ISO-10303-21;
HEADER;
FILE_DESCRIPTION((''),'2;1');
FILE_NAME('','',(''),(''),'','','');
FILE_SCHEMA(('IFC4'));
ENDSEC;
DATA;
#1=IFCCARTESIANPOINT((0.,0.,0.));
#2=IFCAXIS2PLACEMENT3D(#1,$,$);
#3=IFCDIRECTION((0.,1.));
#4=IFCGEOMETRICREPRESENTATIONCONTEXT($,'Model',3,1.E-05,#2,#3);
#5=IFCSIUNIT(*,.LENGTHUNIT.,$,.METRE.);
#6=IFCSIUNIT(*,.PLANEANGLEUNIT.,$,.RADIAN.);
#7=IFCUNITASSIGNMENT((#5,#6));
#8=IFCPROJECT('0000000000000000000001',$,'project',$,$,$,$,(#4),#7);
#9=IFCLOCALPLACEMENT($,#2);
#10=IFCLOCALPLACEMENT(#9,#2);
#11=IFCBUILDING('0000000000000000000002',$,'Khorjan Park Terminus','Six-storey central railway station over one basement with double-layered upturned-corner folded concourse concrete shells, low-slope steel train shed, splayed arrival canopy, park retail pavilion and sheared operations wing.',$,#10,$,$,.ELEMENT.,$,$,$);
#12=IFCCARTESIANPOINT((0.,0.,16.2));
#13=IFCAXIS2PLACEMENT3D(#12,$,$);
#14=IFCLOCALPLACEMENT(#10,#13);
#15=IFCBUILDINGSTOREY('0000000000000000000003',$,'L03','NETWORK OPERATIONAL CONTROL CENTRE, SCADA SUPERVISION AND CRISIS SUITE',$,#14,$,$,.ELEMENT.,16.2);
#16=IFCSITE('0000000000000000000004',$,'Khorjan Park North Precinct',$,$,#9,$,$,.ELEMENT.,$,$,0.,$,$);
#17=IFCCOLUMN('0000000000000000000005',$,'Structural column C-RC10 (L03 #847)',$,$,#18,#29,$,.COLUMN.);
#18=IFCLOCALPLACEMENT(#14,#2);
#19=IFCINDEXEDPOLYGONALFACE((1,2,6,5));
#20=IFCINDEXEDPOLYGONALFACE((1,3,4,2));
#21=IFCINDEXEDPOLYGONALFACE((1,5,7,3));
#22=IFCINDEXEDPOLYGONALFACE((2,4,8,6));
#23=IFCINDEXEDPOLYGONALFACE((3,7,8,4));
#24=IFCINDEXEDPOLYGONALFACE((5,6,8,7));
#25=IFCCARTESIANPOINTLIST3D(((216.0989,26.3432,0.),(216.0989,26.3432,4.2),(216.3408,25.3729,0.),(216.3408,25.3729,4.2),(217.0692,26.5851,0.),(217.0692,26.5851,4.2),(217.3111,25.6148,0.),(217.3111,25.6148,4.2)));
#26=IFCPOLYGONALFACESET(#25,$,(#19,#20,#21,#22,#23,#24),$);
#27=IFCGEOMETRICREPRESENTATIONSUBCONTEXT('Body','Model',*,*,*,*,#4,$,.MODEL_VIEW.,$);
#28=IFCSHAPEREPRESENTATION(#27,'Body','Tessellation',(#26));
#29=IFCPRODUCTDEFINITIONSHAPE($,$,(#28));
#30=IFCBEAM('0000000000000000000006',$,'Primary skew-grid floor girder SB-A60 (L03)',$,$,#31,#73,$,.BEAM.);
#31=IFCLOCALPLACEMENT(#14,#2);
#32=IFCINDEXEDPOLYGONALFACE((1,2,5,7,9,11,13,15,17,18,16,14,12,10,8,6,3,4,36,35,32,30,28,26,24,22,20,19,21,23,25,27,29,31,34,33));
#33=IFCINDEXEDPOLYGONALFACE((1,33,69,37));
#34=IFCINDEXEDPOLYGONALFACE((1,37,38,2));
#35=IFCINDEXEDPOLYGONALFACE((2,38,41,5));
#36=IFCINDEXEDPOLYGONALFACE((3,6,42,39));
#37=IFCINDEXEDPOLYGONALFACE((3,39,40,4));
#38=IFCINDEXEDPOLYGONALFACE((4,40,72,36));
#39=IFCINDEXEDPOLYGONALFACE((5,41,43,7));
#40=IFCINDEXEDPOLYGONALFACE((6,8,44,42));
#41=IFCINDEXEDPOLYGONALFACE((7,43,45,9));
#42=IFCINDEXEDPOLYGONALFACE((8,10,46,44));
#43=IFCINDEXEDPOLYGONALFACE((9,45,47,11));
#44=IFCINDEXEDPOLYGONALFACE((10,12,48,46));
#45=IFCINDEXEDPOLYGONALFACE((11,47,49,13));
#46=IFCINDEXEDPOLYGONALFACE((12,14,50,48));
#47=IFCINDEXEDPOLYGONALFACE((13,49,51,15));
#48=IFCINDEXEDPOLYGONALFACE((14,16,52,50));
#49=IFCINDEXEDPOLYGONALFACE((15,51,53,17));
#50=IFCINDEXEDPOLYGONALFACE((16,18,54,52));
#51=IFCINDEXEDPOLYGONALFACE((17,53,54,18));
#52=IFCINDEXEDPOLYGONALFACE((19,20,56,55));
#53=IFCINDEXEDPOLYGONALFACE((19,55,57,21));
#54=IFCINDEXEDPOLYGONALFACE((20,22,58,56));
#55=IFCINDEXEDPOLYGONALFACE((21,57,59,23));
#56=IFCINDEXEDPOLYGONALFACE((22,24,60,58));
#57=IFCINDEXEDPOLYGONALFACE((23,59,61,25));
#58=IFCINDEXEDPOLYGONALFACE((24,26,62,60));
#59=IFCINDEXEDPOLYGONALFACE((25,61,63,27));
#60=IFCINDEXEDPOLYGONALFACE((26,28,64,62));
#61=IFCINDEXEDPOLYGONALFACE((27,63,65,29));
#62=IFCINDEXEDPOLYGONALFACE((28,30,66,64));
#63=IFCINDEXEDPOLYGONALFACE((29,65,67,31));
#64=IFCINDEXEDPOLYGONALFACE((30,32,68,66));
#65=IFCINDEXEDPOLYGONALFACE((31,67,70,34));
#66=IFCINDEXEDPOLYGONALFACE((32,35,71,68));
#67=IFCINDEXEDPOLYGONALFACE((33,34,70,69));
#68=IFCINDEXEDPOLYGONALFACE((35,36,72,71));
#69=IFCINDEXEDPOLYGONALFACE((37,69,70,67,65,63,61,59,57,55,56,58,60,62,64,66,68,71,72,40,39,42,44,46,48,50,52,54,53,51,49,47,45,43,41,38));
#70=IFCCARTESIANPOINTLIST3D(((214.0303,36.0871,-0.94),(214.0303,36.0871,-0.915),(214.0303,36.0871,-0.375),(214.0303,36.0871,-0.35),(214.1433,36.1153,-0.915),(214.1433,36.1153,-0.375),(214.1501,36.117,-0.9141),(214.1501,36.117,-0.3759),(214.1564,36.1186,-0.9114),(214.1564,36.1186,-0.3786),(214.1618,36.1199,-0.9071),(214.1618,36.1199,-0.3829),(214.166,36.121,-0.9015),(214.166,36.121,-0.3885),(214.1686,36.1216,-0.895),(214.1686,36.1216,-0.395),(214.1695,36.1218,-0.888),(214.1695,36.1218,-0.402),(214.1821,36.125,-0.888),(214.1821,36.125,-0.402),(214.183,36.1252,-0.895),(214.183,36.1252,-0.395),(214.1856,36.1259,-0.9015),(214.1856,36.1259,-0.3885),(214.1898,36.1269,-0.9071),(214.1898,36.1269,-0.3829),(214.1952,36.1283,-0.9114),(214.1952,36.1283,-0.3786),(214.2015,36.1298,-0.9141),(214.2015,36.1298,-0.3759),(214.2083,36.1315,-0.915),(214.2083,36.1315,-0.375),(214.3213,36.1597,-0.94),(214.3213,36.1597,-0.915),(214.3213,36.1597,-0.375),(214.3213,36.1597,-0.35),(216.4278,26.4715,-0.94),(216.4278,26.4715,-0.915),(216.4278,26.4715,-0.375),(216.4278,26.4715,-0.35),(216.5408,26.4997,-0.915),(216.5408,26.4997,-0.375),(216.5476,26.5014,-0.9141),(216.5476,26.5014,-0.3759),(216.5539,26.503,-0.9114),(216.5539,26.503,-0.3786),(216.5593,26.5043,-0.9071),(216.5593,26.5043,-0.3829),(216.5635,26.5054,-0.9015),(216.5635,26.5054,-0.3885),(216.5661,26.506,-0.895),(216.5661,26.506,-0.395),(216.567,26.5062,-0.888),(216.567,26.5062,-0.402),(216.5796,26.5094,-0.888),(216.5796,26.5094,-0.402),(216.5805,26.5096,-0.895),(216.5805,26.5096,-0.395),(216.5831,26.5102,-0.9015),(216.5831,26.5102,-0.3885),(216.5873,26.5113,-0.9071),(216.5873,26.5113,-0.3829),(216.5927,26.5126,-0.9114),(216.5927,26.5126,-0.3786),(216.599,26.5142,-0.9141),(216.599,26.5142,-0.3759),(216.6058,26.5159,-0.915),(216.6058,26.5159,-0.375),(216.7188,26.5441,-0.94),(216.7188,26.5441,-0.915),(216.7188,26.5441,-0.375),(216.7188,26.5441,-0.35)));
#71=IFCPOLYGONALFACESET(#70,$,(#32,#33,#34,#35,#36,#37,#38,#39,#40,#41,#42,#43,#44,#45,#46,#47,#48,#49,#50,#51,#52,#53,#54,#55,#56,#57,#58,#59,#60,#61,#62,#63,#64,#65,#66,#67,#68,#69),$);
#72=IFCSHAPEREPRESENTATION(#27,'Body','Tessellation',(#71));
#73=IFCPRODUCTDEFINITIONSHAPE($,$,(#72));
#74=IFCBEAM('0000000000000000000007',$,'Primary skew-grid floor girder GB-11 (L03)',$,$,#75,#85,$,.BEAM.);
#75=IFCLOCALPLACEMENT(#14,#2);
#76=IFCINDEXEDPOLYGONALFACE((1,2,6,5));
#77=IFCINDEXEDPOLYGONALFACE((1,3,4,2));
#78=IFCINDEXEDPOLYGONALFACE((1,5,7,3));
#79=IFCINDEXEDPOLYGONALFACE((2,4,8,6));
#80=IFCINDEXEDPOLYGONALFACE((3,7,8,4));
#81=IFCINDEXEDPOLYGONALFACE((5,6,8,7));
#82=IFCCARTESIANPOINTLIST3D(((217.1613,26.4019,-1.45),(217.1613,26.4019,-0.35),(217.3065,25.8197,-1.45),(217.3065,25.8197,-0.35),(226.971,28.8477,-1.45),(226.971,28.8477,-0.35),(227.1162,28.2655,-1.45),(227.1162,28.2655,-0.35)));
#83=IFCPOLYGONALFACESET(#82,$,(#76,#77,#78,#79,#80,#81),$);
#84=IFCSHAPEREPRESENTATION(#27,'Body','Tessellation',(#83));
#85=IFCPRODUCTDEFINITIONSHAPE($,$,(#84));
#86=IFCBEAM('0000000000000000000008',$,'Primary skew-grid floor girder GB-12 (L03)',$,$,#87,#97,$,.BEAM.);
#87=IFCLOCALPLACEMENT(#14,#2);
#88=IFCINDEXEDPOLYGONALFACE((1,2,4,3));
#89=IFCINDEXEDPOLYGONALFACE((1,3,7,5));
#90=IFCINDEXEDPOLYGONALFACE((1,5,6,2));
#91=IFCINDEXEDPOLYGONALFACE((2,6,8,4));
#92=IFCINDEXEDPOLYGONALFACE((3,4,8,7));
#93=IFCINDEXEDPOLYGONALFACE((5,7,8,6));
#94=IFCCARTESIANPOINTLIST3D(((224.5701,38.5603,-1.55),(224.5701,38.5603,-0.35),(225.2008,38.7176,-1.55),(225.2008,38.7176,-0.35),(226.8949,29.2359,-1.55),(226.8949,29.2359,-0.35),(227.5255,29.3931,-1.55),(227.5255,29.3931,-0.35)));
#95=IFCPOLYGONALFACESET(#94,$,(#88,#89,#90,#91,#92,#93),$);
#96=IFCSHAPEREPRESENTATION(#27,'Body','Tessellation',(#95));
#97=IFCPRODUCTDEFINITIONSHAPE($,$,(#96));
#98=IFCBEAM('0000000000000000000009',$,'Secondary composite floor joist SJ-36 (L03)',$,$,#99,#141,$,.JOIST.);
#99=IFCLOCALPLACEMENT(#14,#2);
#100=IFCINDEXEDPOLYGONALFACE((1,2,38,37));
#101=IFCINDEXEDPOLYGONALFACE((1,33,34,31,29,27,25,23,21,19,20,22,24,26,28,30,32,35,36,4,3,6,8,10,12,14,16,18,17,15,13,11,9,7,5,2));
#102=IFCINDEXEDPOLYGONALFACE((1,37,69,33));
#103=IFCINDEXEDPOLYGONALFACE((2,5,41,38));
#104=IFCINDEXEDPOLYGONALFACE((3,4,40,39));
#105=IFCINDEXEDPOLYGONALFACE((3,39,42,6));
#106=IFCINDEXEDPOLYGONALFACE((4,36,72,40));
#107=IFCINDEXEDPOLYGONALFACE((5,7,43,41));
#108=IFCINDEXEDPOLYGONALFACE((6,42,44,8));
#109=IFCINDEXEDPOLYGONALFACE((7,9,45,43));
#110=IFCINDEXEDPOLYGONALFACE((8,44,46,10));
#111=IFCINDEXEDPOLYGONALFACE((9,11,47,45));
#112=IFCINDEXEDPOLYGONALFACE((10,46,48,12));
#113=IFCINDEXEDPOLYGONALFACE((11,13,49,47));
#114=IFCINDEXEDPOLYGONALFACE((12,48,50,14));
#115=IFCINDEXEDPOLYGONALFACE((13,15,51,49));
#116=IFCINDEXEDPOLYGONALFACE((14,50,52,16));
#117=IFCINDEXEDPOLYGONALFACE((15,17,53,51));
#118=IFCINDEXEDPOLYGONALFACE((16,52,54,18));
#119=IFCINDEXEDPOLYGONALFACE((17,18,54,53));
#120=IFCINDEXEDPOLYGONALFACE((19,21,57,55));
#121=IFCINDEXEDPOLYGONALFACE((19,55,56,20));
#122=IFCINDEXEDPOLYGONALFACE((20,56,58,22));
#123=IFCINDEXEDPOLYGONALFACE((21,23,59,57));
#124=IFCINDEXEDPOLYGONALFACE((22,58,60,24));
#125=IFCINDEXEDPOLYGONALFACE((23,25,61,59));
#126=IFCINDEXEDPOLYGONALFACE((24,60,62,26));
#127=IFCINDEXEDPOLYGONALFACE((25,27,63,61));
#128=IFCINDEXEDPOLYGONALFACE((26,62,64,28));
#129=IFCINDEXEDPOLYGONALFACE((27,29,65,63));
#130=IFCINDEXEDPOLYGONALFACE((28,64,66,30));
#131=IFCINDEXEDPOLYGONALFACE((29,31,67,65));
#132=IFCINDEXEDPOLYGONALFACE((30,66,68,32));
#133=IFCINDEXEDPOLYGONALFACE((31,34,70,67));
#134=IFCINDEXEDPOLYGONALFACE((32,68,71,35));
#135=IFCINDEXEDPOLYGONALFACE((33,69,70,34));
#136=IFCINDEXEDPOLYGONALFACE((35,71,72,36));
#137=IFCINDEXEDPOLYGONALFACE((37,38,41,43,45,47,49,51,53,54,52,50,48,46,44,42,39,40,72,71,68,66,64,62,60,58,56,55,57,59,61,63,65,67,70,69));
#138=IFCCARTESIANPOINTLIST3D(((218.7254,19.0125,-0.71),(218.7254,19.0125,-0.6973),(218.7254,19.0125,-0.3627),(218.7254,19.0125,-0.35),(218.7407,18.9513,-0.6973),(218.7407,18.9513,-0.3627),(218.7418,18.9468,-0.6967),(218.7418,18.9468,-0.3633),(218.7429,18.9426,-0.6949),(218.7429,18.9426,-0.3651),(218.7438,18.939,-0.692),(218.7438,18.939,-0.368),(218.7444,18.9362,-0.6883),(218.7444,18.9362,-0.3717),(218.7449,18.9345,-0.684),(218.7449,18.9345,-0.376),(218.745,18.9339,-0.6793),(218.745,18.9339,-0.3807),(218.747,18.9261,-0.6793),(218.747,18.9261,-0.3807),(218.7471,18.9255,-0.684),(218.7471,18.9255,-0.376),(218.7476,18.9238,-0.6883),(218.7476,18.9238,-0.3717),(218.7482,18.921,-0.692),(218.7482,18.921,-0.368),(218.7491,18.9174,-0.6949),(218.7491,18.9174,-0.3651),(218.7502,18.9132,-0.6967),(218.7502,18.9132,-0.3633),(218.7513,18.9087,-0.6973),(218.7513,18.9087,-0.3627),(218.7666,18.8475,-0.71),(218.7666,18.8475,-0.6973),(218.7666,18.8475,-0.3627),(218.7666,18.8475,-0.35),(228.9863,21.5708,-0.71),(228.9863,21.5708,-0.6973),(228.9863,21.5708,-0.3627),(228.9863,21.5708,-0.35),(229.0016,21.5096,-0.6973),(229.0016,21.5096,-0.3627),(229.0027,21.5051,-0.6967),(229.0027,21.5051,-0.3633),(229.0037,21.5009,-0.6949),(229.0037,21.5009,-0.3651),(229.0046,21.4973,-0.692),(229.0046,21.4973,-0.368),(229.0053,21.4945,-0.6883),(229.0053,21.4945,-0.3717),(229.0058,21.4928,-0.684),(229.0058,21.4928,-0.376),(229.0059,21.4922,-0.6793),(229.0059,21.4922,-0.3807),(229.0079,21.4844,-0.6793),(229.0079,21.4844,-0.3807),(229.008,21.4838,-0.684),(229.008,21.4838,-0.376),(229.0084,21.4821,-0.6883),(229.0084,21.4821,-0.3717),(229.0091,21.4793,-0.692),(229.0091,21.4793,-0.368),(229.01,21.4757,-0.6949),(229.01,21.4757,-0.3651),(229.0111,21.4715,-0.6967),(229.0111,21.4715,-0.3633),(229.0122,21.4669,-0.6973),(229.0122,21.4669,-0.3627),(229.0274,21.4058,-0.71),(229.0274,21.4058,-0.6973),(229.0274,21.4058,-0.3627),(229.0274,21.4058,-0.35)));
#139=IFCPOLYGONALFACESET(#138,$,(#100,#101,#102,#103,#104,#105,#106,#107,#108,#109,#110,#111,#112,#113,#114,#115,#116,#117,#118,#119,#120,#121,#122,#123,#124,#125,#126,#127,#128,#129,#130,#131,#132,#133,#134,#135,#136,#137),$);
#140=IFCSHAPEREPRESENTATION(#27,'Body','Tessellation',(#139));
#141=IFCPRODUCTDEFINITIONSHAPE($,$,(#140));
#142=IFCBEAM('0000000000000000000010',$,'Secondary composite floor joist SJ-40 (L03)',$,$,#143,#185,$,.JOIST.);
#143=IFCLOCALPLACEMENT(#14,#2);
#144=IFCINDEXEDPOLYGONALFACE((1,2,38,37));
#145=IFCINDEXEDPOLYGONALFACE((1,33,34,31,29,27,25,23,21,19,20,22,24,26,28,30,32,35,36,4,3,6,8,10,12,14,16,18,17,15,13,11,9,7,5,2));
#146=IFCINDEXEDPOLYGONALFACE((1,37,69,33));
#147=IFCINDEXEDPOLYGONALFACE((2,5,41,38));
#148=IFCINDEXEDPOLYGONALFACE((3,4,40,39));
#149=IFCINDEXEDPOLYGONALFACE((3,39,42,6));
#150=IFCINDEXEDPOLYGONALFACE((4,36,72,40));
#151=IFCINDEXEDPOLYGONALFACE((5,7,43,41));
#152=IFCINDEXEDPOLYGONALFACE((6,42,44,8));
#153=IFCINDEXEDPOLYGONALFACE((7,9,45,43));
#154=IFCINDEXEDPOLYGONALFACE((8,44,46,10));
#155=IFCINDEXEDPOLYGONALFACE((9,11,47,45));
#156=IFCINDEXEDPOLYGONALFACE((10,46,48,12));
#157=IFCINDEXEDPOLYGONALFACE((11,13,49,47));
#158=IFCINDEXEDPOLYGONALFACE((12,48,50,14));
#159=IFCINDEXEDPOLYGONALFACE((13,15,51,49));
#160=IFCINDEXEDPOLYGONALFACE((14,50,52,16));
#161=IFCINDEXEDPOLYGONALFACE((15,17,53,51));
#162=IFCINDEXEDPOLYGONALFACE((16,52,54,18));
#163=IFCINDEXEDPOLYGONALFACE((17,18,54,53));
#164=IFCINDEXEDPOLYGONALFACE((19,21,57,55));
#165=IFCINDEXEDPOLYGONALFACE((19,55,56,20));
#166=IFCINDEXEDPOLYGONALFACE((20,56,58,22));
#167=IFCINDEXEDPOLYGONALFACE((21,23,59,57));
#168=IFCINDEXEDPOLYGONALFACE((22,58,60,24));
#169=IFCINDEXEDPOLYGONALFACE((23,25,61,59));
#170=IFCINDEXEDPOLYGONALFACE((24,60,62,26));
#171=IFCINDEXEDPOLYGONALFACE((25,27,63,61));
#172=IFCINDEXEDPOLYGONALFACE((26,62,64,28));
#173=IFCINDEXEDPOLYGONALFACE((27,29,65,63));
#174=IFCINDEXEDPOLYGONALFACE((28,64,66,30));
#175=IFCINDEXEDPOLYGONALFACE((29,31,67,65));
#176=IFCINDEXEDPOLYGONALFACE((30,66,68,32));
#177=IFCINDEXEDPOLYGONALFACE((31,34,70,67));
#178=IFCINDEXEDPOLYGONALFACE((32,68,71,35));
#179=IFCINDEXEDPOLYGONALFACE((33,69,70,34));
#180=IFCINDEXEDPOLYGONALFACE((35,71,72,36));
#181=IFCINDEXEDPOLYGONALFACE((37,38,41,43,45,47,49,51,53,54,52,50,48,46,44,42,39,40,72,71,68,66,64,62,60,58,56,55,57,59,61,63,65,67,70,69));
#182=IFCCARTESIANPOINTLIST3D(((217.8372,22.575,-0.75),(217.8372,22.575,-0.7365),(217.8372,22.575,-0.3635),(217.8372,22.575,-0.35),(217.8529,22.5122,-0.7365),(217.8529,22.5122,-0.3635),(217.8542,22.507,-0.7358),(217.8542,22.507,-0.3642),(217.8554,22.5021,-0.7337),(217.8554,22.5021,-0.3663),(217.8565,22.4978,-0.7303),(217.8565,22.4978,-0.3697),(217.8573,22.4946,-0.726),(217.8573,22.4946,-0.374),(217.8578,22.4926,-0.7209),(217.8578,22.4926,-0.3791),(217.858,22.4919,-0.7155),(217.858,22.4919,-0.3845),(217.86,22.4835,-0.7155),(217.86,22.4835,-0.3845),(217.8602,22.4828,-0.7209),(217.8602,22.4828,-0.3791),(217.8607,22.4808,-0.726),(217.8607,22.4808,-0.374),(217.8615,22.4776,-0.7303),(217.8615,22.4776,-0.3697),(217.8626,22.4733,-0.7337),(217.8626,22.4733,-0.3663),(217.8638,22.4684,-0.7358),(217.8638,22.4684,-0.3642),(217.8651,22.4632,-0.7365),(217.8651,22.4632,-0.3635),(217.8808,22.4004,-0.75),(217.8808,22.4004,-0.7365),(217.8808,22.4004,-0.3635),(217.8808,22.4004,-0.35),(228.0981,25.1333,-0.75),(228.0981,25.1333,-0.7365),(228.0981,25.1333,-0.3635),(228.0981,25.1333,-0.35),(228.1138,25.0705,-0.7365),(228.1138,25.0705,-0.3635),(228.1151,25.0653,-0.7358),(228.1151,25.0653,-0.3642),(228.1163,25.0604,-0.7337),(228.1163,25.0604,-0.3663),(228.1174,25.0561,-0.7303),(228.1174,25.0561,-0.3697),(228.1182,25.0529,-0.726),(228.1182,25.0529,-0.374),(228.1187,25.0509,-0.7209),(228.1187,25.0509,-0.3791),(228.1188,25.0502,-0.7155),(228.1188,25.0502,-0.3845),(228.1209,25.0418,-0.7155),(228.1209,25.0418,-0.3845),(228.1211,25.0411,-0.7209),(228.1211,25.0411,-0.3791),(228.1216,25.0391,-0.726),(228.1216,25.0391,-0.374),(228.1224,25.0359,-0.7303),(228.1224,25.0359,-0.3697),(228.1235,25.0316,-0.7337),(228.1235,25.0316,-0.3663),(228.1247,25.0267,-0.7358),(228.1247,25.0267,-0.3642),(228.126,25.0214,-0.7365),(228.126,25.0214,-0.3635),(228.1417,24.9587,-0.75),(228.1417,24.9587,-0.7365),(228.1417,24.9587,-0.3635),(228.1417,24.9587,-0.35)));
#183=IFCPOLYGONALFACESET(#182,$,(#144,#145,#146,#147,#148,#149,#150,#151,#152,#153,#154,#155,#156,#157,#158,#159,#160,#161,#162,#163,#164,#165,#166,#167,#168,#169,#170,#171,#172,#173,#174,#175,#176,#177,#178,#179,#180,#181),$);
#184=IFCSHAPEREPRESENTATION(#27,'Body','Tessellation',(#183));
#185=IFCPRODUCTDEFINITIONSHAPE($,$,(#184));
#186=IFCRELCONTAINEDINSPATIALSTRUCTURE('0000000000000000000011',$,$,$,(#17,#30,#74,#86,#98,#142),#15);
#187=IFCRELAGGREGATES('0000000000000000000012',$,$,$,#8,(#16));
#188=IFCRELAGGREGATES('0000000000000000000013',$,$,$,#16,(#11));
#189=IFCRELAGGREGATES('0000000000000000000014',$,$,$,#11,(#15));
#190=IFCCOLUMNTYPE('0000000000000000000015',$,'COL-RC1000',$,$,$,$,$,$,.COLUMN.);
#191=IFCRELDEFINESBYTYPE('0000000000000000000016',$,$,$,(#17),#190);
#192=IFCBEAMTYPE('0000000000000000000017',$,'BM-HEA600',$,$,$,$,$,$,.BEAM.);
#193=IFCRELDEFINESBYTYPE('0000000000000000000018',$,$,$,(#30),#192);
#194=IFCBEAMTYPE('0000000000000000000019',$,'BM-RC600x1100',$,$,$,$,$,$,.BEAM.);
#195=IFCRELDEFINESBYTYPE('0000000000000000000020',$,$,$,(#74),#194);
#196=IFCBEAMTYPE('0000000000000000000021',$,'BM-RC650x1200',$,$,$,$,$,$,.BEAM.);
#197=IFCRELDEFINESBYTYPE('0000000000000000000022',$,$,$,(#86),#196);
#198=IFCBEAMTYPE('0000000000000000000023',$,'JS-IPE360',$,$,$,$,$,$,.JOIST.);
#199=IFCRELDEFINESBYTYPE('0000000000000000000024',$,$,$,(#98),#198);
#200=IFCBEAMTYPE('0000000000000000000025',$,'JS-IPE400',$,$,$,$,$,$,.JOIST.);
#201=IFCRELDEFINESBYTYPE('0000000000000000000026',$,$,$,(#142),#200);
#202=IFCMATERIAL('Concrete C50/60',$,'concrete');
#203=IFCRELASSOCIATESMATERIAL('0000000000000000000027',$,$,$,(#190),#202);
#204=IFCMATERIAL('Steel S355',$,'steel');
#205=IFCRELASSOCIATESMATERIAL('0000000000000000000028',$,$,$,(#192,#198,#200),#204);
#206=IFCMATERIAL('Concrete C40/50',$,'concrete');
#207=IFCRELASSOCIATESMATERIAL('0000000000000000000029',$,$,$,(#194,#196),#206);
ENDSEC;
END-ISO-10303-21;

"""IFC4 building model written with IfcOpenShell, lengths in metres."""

from ifc_helpers import new_model, si_unit, direction, frame, origin, origin_2d, place, context, subcontext, project, spatial, rectangle, i_section, extrude, material, material_profile, profile_set, type_object, element, save


model = new_model("IFC4")

# Units and contexts
model_context = context("Model", 3, precision=1e-05, world=origin(), true_north=direction((0.0, 1.0)))
body_context = subcontext(model_context, "Body", "Model", "MODEL_VIEW")
ifc_project = project(units=[si_unit("LENGTHUNIT", "METRE"), si_unit("PLANEANGLEUNIT", "RADIAN")], contexts=[model_context])

# Site, building, storey
site_placement = place(None, origin())
site = spatial("IfcSite", under=ifc_project, at=site_placement, Name="Khorjan Park North Precinct", CompositionType="ELEMENT", RefElevation=0.0)
building_placement = place(site_placement, origin())
building = spatial("IfcBuilding", under=site, at=building_placement, Name="Khorjan Park Terminus", Description="Six-storey central railway station over one basement with double-layered upturned-corner folded concourse concrete shells, low-slope steel train shed, splayed arrival canopy, park retail pavilion and sheared operations wing.", CompositionType="ELEMENT")
storey_placement = place(building_placement, frame((0.0, 0.0, 16.2)))
storey = spatial("IfcBuildingStorey", under=building, at=storey_placement, Name="L03", Description="NETWORK OPERATIONAL CONTROL CENTRE, SCADA SUPERVISION AND CRISIS SUITE", CompositionType="ELEMENT", Elevation=16.2)

# Column
ifc_material_1 = material(Name="Concrete C50/60", Category="concrete")
ifc_material_profile_1 = material_profile(ifc_material_1, rectangle(XDim=1.0, YDim=1.0, at=origin_2d()), Name="RC 1000x1000")
ifc_profile_set_1 = profile_set([ifc_material_profile_1], Name="Concrete C50/60")
column_type = type_object("IfcColumnType", Name="COL-RC1000", PredefinedType="COLUMN", material=ifc_profile_set_1)
column_placement = place(storey_placement, frame((216.705, 25.979, 0.0), z_axis=(0.0, 0.0, 1.0), x_axis=(0.970296, 0.241922, 0.0)))
element("IfcColumn", 1, at=column_placement, inside=storey, type_object=column_type, Name="Structural column C-RC10 (L03 #847)", PredefinedType="COLUMN", context=body_context, shape_type="SweptSolid", body=[
    extrude(rectangle(XDim=1.0, YDim=1.0, at=origin_2d()), origin(), (0.0, 0.0, 1.0), 4.2),
])

# Beams
ifc_material_2 = material(Name="Steel S355", Category="steel")
ifc_material_profile_2 = material_profile(ifc_material_2, i_section(OverallWidth=0.3, OverallDepth=0.59, WebThickness=0.013, FlangeThickness=0.025, FilletRadius=0.027, at=origin_2d()), Name="HEA 600")
ifc_profile_set_2 = profile_set([ifc_material_profile_2], Name="Steel S355")
beam_type_1 = type_object("IfcBeamType", Name="BM-HEA600", PredefinedType="BEAM", material=ifc_profile_set_2)
beam_1_placement = place(storey_placement, frame((216.5733, 26.5078, -0.645), z_axis=(-0.241928, 0.970294, 0.0), x_axis=(-0.970294, -0.241928, 0.0)))
element("IfcBeam", 2, at=beam_1_placement, inside=storey, type_object=beam_type_1, Name="Primary skew-grid floor girder SB-A60 (L03)", PredefinedType="BEAM", context=body_context, shape_type="SweptSolid", body=[
    extrude(i_section(OverallWidth=0.3, OverallDepth=0.59, WebThickness=0.013, FlangeThickness=0.025, FilletRadius=0.027, at=origin_2d()), origin(), (0.0, 0.0, 1.0), 9.91),
])
ifc_material_3 = material(Name="Concrete C40/50", Category="concrete")
ifc_material_profile_3 = material_profile(ifc_material_3, rectangle(XDim=0.6, YDim=1.1, at=origin_2d()), Name="RC 600x1100")
ifc_profile_set_3 = profile_set([ifc_material_profile_3], Name="Concrete C40/50")
beam_type_2 = type_object("IfcBeamType", Name="BM-RC600x1100", PredefinedType="BEAM", material=ifc_profile_set_3)
beam_2_placement = place(storey_placement, frame((217.2339, 26.1108, -0.9), z_axis=(0.970296, 0.241919, 0.0), x_axis=(-0.241919, 0.970296, 0.0)))
element("IfcBeam", 3, at=beam_2_placement, inside=storey, type_object=beam_type_2, Name="Primary skew-grid floor girder GB-11 (L03)", PredefinedType="BEAM", context=body_context, shape_type="SweptSolid", body=[
    extrude(rectangle(XDim=0.6, YDim=1.1, at=origin_2d()), origin(), (0.0, 0.0, 1.0), 10.11),
])
ifc_material_profile_4 = material_profile(ifc_material_3, rectangle(XDim=0.65, YDim=1.2, at=origin_2d()), Name="RC 650x1200")
ifc_profile_set_4 = profile_set([ifc_material_profile_4], Name="Concrete C40/50")
beam_type_3 = type_object("IfcBeamType", Name="BM-RC650x1200", PredefinedType="BEAM", material=ifc_profile_set_4)
beam_3_placement = place(storey_placement, frame((227.2102, 29.3145, -0.95), z_axis=(-0.241916, 0.970297, 0.0), x_axis=(-0.970297, -0.241916, 0.0)))
element("IfcBeam", 4, at=beam_3_placement, inside=storey, type_object=beam_type_3, Name="Primary skew-grid floor girder GB-12 (L03)", PredefinedType="BEAM", context=body_context, shape_type="SweptSolid", body=[
    extrude(rectangle(XDim=0.65, YDim=1.2, at=origin_2d()), origin(), (0.0, 0.0, 1.0), 9.6099),
])
ifc_material_profile_5 = material_profile(ifc_material_2, i_section(OverallWidth=0.17, OverallDepth=0.36, WebThickness=0.008, FlangeThickness=0.0127, FilletRadius=0.018, at=origin_2d()), Name="IPE 360")
ifc_profile_set_5 = profile_set([ifc_material_profile_5], Name="Steel S355")
beam_type_4 = type_object("IfcBeamType", Name="JS-IPE360", PredefinedType="JOIST", material=ifc_profile_set_5)
beam_4_placement = place(storey_placement, frame((218.746, 18.93, -0.53), z_axis=(0.970296, 0.241919, 0.0), x_axis=(-0.241919, 0.970296, 0.0)))
element("IfcBeam", 5, at=beam_4_placement, inside=storey, type_object=beam_type_4, Name="Secondary composite floor joist SJ-36 (L03)", PredefinedType="JOIST", context=body_context, shape_type="SweptSolid", body=[
    extrude(i_section(OverallWidth=0.17, OverallDepth=0.36, WebThickness=0.008, FlangeThickness=0.0127, FilletRadius=0.018, at=origin_2d()), origin(), (0.0, 0.0, 1.0), 10.575),
])
ifc_material_profile_6 = material_profile(ifc_material_2, i_section(OverallWidth=0.18, OverallDepth=0.4, WebThickness=0.0086, FlangeThickness=0.0135, FilletRadius=0.021, at=origin_2d()), Name="IPE 400")
ifc_profile_set_6 = profile_set([ifc_material_profile_6], Name="Steel S355")
beam_type_5 = type_object("IfcBeamType", Name="JS-IPE400", PredefinedType="JOIST", material=ifc_profile_set_6)
beam_5_placement = place(storey_placement, frame((217.859, 22.4877, -0.55), z_axis=(0.970296, 0.241919, 0.0), x_axis=(-0.241919, 0.970296, 0.0)))
element("IfcBeam", 6, at=beam_5_placement, inside=storey, type_object=beam_type_5, Name="Secondary composite floor joist SJ-40 (L03)", PredefinedType="JOIST", context=body_context, shape_type="SweptSolid", body=[
    extrude(i_section(OverallWidth=0.18, OverallDepth=0.4, WebThickness=0.0086, FlangeThickness=0.0135, FilletRadius=0.021, at=origin_2d()), origin(), (0.0, 0.0, 1.0), 10.575),
])

save(model, "model.ifc")
